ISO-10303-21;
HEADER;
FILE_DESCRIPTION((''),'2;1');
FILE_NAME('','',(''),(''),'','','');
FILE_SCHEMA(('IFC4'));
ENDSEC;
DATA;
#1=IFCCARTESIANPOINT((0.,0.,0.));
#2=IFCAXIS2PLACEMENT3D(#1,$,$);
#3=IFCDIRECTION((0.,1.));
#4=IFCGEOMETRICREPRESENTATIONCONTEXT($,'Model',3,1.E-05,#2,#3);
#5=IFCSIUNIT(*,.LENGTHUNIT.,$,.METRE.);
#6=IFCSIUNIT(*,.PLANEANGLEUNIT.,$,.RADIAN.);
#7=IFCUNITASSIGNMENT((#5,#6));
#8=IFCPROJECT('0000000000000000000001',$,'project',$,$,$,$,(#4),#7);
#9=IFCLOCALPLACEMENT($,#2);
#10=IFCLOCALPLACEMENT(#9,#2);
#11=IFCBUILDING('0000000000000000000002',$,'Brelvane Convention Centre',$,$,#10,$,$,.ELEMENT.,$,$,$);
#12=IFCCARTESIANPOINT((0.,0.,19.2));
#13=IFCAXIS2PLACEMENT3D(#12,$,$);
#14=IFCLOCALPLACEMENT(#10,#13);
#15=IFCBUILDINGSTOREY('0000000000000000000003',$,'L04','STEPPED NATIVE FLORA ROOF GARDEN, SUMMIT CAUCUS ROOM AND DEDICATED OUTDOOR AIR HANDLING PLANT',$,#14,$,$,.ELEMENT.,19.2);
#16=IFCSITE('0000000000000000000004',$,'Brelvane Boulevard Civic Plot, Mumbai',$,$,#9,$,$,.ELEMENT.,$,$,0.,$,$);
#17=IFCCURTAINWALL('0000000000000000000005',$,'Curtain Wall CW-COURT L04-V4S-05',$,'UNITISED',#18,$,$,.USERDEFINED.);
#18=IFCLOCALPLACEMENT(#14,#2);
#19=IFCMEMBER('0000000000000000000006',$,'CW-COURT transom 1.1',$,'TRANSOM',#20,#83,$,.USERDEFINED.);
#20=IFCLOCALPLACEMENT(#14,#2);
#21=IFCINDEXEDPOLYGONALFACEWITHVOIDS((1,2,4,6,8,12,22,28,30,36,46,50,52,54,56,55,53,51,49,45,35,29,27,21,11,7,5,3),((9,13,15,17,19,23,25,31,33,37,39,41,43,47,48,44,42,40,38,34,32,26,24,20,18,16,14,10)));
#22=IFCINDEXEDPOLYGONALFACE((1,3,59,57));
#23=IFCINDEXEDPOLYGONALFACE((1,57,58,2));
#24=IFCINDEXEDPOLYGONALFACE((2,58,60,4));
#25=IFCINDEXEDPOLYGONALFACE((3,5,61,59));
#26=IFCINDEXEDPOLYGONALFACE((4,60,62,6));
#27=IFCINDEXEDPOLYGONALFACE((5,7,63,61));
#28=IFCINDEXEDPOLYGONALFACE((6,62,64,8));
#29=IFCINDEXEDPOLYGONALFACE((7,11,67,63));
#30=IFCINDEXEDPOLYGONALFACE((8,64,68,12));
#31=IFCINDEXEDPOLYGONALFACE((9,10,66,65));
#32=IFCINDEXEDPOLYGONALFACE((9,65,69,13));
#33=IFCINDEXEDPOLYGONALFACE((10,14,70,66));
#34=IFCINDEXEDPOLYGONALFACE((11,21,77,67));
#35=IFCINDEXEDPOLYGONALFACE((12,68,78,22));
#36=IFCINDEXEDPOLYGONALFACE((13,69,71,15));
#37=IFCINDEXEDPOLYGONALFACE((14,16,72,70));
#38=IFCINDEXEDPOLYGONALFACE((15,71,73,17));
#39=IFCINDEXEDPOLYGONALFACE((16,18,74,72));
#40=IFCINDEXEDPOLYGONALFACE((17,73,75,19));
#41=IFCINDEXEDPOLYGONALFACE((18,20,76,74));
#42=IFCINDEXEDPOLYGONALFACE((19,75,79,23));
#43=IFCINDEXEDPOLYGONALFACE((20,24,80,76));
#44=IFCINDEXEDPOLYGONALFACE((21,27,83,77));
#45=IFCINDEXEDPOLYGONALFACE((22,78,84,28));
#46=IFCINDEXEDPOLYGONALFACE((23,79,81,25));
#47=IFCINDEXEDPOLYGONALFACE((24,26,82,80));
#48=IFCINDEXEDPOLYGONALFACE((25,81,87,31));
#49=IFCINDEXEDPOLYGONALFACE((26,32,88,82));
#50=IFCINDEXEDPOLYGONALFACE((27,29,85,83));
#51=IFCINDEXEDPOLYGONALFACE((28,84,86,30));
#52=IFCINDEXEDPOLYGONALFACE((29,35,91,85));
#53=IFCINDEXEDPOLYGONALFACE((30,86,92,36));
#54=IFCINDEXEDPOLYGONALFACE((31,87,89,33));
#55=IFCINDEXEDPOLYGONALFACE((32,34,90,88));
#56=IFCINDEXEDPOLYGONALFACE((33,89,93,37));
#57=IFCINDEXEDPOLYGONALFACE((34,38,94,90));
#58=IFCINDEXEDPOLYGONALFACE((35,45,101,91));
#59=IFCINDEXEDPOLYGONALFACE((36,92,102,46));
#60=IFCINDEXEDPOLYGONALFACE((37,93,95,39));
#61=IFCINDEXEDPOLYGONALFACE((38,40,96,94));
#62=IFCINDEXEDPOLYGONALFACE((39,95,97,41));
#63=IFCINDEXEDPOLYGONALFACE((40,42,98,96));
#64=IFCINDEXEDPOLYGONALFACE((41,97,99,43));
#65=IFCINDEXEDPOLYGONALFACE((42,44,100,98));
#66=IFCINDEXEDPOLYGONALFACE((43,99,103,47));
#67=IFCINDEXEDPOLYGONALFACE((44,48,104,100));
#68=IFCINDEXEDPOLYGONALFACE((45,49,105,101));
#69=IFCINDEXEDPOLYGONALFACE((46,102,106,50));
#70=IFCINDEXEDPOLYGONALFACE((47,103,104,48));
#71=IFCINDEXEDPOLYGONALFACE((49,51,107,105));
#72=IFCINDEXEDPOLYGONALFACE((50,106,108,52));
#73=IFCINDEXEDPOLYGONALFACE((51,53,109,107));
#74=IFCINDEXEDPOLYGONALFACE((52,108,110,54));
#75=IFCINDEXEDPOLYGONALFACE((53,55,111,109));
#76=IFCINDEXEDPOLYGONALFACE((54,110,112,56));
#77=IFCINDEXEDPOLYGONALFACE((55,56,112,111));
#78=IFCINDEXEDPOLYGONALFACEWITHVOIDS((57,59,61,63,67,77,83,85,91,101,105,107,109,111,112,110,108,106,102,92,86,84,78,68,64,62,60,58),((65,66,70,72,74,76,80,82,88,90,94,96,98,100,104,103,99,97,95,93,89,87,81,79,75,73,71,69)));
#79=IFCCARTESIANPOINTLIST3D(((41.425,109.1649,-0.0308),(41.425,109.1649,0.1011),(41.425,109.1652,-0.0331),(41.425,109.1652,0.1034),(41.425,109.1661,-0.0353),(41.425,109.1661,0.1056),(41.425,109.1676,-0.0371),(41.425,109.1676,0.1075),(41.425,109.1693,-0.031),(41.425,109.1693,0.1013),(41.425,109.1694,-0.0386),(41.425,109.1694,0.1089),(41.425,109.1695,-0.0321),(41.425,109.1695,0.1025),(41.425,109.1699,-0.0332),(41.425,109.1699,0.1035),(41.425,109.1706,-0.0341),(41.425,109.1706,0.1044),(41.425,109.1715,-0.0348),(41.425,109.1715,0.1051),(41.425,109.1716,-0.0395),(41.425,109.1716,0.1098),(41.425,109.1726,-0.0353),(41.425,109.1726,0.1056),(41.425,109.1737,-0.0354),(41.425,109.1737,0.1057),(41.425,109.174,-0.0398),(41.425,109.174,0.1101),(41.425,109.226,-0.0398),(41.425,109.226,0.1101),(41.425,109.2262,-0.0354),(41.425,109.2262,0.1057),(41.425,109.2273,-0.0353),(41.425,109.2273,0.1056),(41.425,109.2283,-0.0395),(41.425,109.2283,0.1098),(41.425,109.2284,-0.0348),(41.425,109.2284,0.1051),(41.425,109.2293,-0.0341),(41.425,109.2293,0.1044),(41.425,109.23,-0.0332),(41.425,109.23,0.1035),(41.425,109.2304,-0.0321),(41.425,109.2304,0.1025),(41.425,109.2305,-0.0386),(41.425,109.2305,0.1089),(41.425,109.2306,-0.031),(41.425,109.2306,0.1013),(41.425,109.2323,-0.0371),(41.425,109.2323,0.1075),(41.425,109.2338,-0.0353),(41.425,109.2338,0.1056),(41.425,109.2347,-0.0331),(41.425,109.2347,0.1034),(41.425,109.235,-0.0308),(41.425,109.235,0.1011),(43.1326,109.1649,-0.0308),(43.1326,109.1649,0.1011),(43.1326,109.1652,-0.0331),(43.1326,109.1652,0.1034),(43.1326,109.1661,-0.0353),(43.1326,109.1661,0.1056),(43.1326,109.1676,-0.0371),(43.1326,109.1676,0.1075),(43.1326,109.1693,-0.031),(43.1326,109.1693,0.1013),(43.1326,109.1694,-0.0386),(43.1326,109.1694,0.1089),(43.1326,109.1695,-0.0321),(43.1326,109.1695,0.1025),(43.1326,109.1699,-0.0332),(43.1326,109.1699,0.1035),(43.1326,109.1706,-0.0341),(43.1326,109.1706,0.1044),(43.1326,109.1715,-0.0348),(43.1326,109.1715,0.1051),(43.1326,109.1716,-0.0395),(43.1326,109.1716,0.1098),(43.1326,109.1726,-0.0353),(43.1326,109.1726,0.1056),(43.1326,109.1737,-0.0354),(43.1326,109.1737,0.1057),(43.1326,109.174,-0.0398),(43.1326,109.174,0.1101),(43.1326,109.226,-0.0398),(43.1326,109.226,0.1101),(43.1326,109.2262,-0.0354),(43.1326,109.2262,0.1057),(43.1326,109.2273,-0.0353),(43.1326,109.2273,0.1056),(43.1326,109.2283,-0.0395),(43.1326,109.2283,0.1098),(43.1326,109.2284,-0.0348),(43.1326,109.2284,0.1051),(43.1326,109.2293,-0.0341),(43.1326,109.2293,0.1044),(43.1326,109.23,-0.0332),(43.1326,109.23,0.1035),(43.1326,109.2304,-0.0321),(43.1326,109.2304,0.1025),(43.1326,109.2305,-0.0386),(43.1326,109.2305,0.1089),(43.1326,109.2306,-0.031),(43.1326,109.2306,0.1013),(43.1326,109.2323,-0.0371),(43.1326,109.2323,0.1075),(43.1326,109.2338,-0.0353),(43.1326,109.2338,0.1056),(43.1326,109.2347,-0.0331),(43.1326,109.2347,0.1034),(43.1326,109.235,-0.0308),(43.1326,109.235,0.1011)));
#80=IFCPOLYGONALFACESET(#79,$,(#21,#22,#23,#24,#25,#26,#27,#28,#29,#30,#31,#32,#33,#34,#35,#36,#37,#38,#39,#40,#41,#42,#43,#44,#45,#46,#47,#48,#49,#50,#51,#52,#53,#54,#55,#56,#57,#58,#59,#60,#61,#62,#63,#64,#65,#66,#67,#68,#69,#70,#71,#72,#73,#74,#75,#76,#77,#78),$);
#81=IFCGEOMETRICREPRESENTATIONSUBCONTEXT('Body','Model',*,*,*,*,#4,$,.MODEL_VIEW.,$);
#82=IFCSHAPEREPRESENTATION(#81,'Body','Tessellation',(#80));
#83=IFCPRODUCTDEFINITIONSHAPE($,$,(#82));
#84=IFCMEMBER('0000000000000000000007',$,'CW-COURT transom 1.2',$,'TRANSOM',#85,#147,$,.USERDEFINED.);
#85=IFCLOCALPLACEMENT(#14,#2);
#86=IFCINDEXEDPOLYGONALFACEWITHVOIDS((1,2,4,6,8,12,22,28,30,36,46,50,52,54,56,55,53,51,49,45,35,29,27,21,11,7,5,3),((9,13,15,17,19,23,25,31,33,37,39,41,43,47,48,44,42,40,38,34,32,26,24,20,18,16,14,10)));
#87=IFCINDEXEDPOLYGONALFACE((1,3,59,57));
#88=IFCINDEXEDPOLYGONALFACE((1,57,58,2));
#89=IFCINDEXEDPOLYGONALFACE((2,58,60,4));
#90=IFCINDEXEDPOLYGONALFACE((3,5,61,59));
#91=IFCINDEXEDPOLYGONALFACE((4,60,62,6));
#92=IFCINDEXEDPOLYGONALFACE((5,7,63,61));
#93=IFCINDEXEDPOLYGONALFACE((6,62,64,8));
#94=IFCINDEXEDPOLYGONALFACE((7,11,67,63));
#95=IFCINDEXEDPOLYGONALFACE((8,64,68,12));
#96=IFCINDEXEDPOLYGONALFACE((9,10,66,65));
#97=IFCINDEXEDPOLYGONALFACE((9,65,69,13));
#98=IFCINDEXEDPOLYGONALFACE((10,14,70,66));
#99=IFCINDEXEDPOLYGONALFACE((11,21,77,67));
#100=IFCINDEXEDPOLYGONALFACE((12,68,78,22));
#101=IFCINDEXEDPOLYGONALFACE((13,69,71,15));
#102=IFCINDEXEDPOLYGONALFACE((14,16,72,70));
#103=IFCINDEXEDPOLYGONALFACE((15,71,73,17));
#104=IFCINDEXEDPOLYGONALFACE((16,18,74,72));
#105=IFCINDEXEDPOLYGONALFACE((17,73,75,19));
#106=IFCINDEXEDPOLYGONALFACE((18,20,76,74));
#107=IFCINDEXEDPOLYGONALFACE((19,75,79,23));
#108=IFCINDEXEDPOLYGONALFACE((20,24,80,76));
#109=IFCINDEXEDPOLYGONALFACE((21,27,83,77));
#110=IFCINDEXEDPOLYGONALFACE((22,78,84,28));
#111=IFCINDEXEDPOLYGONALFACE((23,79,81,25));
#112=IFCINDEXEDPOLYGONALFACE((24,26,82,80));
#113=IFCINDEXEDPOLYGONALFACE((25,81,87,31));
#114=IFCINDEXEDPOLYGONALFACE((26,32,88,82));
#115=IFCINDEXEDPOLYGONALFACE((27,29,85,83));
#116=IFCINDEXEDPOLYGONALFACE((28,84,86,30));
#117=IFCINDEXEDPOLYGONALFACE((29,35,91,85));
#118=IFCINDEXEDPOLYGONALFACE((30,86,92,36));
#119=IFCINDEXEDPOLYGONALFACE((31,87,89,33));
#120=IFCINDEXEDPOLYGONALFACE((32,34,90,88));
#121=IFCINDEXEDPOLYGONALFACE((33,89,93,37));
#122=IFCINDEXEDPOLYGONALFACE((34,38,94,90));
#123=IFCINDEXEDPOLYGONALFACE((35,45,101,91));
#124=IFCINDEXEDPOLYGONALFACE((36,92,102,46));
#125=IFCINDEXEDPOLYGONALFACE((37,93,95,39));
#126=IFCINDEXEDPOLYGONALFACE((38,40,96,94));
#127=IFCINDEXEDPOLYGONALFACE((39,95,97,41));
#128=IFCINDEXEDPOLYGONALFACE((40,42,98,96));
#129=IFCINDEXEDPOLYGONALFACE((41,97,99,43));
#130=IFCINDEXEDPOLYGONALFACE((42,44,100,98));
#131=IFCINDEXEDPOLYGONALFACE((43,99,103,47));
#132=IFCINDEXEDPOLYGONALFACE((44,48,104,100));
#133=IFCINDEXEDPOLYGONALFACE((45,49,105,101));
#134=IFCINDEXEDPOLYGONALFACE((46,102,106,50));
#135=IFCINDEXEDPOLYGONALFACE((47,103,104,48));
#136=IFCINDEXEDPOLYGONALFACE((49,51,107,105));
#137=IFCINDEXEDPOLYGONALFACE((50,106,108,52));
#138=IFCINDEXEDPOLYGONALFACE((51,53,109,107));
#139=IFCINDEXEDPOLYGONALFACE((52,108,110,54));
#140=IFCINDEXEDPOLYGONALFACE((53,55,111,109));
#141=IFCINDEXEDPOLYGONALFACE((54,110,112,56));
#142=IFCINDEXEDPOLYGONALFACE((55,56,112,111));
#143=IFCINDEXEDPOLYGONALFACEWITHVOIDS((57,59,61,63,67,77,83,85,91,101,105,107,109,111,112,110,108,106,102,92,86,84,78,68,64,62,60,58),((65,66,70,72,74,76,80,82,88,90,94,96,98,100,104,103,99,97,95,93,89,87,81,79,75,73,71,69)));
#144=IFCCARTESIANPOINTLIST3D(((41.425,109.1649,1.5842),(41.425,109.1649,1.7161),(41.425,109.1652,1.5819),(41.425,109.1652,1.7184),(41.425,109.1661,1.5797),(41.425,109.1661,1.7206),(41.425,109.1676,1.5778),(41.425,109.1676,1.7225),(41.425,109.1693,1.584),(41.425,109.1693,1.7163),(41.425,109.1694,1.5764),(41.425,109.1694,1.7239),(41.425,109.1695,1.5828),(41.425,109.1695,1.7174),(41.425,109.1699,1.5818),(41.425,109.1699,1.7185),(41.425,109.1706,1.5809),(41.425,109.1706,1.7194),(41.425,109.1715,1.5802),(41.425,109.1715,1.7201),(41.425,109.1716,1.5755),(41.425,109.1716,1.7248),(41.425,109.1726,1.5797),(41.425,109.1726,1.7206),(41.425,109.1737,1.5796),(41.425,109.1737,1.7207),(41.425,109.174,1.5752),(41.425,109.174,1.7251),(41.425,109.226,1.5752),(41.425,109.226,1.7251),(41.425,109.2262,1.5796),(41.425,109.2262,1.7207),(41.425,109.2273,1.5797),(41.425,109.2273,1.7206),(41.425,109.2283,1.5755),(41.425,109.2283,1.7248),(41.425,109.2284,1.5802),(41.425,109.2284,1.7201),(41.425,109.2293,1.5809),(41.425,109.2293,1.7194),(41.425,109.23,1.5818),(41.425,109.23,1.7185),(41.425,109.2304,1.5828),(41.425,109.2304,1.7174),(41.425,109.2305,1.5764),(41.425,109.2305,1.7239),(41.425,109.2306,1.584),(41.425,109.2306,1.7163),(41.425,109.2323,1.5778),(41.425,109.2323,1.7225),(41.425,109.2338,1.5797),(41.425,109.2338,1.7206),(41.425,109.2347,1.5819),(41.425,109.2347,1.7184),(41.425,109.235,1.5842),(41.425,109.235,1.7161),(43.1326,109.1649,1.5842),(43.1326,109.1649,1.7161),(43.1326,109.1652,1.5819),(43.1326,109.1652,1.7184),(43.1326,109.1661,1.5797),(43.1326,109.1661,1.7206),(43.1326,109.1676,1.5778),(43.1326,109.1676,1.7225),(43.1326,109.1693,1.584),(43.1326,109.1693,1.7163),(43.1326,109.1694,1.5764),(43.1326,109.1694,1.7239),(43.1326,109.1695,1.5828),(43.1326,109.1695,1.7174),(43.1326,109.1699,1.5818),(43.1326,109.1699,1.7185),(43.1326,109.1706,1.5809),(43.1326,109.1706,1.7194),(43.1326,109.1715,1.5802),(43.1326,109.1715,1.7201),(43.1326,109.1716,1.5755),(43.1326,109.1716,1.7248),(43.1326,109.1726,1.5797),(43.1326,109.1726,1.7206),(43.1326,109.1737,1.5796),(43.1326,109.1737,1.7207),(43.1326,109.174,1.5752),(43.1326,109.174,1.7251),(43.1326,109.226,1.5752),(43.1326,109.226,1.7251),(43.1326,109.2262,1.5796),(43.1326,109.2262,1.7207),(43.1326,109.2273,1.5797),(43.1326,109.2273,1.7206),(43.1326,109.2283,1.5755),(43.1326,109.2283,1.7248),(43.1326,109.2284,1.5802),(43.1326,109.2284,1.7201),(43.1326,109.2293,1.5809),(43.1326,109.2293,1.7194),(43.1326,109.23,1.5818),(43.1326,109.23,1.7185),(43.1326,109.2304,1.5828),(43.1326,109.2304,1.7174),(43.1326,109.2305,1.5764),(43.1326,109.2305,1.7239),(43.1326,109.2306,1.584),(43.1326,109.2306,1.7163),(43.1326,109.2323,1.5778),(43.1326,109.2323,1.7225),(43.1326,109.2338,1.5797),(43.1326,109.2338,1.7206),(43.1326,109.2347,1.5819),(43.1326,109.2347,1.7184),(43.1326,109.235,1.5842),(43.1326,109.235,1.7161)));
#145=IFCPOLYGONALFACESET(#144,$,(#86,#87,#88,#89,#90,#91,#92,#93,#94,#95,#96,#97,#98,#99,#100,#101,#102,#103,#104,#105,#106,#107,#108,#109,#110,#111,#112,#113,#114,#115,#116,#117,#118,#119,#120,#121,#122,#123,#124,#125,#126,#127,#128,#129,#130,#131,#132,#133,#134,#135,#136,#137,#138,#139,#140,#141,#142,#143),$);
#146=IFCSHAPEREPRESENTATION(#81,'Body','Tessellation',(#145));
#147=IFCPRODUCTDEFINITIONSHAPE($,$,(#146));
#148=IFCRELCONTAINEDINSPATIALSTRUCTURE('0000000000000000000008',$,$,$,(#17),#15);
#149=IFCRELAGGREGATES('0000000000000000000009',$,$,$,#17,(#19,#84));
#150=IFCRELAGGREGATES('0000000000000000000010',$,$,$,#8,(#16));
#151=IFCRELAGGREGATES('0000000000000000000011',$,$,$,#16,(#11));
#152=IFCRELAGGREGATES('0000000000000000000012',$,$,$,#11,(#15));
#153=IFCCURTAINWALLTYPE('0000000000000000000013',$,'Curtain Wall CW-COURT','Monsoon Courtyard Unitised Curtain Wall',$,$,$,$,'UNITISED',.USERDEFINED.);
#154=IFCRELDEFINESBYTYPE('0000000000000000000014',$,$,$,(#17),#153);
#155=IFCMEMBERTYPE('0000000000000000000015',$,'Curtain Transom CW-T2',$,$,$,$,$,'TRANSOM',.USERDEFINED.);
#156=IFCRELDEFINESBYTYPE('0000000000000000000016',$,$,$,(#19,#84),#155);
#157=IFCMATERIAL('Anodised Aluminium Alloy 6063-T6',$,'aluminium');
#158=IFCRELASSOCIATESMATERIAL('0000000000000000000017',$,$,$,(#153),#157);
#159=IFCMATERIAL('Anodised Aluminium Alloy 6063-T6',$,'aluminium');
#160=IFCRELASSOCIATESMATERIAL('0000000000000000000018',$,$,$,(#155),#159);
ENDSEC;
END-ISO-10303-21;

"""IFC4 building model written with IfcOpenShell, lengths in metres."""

from ifc_helpers import new_model, si_unit, direction, frame, origin, origin_2d, place, context, subcontext, project, spatial, hollow_rectangle, extrude, material, material_profile, profile_set, type_object, element, aggregate, save


model = new_model("IFC4")

# Units and contexts
model_context = context("Model", 3, precision=1e-05, world=origin(), true_north=direction((0.0, 1.0)))
body_context = subcontext(model_context, "Body", "Model", "MODEL_VIEW")
ifc_project = project(units=[si_unit("LENGTHUNIT", "METRE"), si_unit("PLANEANGLEUNIT", "RADIAN")], contexts=[model_context])

# Site, building, storey
site_placement = place(None, origin())
site = spatial("IfcSite", under=ifc_project, at=site_placement, Name="Brelvane Boulevard Civic Plot, Mumbai", CompositionType="ELEMENT", RefElevation=0.0)
building_placement = place(site_placement, origin())
building = spatial("IfcBuilding", under=site, at=building_placement, Name="Brelvane Convention Centre", CompositionType="ELEMENT")
storey_placement = place(building_placement, frame((0.0, 0.0, 19.2)))
storey = spatial("IfcBuildingStorey", under=building, at=storey_placement, Name="L04", Description="STEPPED NATIVE FLORA ROOF GARDEN, SUMMIT CAUCUS ROOM AND DEDICATED OUTDOOR AIR HANDLING PLANT", CompositionType="ELEMENT", Elevation=19.2)

# Curtain wall, members
ifc_material_1 = material(Name="Anodised Aluminium Alloy 6063-T6", Category="aluminium")
curtain_wall_type = type_object("IfcCurtainWallType", Name="Curtain Wall CW-COURT", Description="Monsoon Courtyard Unitised Curtain Wall", ElementType="UNITISED", PredefinedType="USERDEFINED", material=ifc_material_1)
curtain_wall_placement = place(storey_placement, origin())
curtain_wall = element("IfcCurtainWall", 1, at=curtain_wall_placement, inside=storey, type_object=curtain_wall_type, Name="Curtain Wall CW-COURT L04-V4S-05", ObjectType="UNITISED", PredefinedType="USERDEFINED")
ifc_material_2 = material(Name="Anodised Aluminium Alloy 6063-T6", Category="aluminium")
ifc_material_profile_1 = material_profile(ifc_material_2, hollow_rectangle(XDim=0.0701, YDim=0.1499, WallThickness=0.0044, InnerFilletRadius=0.0044, OuterFilletRadius=0.009, at=origin_2d()), Name="ALU-T 150x70x4.5")
ifc_profile_set_1 = profile_set([ifc_material_profile_1], Name="Anodised Aluminium Alloy 6063-T6")
member_type_1 = type_object("IfcMemberType", Name="Curtain Transom CW-T2", ElementType="TRANSOM", PredefinedType="USERDEFINED", material=ifc_profile_set_1)
member_1_placement = place(storey_placement, frame((41.425, 109.2, 0.0352), z_axis=(1.0, 0.0, 0.0), x_axis=(0.0, 1.0, 0.0)))
member_1 = element("IfcMember", 2, at=member_1_placement, type_object=member_type_1, Name="CW-COURT transom 1.1", ObjectType="TRANSOM", PredefinedType="USERDEFINED", context=body_context, shape_type="SweptSolid", body=[
    extrude(hollow_rectangle(XDim=0.0701, YDim=0.1499, WallThickness=0.0044, InnerFilletRadius=0.0044, OuterFilletRadius=0.009, at=origin_2d()), origin(), (0.0, 0.0, 1.0), 1.7075),
])
member_2_placement = place(storey_placement, frame((41.425, 109.2, 1.6501), z_axis=(1.0, 0.0, 0.0), x_axis=(0.0, 1.0, 0.0)))
member_2 = element("IfcMember", 3, at=member_2_placement, type_object=member_type_1, Name="CW-COURT transom 1.2", ObjectType="TRANSOM", PredefinedType="USERDEFINED", context=body_context, shape_type="SweptSolid", body=[
    extrude(hollow_rectangle(XDim=0.0701, YDim=0.1499, WallThickness=0.0044, InnerFilletRadius=0.0044, OuterFilletRadius=0.009, at=origin_2d()), origin(), (0.0, 0.0, 1.0), 1.7075),
])

aggregate(curtain_wall, [member_1, member_2])

save(model, "model.ifc")
